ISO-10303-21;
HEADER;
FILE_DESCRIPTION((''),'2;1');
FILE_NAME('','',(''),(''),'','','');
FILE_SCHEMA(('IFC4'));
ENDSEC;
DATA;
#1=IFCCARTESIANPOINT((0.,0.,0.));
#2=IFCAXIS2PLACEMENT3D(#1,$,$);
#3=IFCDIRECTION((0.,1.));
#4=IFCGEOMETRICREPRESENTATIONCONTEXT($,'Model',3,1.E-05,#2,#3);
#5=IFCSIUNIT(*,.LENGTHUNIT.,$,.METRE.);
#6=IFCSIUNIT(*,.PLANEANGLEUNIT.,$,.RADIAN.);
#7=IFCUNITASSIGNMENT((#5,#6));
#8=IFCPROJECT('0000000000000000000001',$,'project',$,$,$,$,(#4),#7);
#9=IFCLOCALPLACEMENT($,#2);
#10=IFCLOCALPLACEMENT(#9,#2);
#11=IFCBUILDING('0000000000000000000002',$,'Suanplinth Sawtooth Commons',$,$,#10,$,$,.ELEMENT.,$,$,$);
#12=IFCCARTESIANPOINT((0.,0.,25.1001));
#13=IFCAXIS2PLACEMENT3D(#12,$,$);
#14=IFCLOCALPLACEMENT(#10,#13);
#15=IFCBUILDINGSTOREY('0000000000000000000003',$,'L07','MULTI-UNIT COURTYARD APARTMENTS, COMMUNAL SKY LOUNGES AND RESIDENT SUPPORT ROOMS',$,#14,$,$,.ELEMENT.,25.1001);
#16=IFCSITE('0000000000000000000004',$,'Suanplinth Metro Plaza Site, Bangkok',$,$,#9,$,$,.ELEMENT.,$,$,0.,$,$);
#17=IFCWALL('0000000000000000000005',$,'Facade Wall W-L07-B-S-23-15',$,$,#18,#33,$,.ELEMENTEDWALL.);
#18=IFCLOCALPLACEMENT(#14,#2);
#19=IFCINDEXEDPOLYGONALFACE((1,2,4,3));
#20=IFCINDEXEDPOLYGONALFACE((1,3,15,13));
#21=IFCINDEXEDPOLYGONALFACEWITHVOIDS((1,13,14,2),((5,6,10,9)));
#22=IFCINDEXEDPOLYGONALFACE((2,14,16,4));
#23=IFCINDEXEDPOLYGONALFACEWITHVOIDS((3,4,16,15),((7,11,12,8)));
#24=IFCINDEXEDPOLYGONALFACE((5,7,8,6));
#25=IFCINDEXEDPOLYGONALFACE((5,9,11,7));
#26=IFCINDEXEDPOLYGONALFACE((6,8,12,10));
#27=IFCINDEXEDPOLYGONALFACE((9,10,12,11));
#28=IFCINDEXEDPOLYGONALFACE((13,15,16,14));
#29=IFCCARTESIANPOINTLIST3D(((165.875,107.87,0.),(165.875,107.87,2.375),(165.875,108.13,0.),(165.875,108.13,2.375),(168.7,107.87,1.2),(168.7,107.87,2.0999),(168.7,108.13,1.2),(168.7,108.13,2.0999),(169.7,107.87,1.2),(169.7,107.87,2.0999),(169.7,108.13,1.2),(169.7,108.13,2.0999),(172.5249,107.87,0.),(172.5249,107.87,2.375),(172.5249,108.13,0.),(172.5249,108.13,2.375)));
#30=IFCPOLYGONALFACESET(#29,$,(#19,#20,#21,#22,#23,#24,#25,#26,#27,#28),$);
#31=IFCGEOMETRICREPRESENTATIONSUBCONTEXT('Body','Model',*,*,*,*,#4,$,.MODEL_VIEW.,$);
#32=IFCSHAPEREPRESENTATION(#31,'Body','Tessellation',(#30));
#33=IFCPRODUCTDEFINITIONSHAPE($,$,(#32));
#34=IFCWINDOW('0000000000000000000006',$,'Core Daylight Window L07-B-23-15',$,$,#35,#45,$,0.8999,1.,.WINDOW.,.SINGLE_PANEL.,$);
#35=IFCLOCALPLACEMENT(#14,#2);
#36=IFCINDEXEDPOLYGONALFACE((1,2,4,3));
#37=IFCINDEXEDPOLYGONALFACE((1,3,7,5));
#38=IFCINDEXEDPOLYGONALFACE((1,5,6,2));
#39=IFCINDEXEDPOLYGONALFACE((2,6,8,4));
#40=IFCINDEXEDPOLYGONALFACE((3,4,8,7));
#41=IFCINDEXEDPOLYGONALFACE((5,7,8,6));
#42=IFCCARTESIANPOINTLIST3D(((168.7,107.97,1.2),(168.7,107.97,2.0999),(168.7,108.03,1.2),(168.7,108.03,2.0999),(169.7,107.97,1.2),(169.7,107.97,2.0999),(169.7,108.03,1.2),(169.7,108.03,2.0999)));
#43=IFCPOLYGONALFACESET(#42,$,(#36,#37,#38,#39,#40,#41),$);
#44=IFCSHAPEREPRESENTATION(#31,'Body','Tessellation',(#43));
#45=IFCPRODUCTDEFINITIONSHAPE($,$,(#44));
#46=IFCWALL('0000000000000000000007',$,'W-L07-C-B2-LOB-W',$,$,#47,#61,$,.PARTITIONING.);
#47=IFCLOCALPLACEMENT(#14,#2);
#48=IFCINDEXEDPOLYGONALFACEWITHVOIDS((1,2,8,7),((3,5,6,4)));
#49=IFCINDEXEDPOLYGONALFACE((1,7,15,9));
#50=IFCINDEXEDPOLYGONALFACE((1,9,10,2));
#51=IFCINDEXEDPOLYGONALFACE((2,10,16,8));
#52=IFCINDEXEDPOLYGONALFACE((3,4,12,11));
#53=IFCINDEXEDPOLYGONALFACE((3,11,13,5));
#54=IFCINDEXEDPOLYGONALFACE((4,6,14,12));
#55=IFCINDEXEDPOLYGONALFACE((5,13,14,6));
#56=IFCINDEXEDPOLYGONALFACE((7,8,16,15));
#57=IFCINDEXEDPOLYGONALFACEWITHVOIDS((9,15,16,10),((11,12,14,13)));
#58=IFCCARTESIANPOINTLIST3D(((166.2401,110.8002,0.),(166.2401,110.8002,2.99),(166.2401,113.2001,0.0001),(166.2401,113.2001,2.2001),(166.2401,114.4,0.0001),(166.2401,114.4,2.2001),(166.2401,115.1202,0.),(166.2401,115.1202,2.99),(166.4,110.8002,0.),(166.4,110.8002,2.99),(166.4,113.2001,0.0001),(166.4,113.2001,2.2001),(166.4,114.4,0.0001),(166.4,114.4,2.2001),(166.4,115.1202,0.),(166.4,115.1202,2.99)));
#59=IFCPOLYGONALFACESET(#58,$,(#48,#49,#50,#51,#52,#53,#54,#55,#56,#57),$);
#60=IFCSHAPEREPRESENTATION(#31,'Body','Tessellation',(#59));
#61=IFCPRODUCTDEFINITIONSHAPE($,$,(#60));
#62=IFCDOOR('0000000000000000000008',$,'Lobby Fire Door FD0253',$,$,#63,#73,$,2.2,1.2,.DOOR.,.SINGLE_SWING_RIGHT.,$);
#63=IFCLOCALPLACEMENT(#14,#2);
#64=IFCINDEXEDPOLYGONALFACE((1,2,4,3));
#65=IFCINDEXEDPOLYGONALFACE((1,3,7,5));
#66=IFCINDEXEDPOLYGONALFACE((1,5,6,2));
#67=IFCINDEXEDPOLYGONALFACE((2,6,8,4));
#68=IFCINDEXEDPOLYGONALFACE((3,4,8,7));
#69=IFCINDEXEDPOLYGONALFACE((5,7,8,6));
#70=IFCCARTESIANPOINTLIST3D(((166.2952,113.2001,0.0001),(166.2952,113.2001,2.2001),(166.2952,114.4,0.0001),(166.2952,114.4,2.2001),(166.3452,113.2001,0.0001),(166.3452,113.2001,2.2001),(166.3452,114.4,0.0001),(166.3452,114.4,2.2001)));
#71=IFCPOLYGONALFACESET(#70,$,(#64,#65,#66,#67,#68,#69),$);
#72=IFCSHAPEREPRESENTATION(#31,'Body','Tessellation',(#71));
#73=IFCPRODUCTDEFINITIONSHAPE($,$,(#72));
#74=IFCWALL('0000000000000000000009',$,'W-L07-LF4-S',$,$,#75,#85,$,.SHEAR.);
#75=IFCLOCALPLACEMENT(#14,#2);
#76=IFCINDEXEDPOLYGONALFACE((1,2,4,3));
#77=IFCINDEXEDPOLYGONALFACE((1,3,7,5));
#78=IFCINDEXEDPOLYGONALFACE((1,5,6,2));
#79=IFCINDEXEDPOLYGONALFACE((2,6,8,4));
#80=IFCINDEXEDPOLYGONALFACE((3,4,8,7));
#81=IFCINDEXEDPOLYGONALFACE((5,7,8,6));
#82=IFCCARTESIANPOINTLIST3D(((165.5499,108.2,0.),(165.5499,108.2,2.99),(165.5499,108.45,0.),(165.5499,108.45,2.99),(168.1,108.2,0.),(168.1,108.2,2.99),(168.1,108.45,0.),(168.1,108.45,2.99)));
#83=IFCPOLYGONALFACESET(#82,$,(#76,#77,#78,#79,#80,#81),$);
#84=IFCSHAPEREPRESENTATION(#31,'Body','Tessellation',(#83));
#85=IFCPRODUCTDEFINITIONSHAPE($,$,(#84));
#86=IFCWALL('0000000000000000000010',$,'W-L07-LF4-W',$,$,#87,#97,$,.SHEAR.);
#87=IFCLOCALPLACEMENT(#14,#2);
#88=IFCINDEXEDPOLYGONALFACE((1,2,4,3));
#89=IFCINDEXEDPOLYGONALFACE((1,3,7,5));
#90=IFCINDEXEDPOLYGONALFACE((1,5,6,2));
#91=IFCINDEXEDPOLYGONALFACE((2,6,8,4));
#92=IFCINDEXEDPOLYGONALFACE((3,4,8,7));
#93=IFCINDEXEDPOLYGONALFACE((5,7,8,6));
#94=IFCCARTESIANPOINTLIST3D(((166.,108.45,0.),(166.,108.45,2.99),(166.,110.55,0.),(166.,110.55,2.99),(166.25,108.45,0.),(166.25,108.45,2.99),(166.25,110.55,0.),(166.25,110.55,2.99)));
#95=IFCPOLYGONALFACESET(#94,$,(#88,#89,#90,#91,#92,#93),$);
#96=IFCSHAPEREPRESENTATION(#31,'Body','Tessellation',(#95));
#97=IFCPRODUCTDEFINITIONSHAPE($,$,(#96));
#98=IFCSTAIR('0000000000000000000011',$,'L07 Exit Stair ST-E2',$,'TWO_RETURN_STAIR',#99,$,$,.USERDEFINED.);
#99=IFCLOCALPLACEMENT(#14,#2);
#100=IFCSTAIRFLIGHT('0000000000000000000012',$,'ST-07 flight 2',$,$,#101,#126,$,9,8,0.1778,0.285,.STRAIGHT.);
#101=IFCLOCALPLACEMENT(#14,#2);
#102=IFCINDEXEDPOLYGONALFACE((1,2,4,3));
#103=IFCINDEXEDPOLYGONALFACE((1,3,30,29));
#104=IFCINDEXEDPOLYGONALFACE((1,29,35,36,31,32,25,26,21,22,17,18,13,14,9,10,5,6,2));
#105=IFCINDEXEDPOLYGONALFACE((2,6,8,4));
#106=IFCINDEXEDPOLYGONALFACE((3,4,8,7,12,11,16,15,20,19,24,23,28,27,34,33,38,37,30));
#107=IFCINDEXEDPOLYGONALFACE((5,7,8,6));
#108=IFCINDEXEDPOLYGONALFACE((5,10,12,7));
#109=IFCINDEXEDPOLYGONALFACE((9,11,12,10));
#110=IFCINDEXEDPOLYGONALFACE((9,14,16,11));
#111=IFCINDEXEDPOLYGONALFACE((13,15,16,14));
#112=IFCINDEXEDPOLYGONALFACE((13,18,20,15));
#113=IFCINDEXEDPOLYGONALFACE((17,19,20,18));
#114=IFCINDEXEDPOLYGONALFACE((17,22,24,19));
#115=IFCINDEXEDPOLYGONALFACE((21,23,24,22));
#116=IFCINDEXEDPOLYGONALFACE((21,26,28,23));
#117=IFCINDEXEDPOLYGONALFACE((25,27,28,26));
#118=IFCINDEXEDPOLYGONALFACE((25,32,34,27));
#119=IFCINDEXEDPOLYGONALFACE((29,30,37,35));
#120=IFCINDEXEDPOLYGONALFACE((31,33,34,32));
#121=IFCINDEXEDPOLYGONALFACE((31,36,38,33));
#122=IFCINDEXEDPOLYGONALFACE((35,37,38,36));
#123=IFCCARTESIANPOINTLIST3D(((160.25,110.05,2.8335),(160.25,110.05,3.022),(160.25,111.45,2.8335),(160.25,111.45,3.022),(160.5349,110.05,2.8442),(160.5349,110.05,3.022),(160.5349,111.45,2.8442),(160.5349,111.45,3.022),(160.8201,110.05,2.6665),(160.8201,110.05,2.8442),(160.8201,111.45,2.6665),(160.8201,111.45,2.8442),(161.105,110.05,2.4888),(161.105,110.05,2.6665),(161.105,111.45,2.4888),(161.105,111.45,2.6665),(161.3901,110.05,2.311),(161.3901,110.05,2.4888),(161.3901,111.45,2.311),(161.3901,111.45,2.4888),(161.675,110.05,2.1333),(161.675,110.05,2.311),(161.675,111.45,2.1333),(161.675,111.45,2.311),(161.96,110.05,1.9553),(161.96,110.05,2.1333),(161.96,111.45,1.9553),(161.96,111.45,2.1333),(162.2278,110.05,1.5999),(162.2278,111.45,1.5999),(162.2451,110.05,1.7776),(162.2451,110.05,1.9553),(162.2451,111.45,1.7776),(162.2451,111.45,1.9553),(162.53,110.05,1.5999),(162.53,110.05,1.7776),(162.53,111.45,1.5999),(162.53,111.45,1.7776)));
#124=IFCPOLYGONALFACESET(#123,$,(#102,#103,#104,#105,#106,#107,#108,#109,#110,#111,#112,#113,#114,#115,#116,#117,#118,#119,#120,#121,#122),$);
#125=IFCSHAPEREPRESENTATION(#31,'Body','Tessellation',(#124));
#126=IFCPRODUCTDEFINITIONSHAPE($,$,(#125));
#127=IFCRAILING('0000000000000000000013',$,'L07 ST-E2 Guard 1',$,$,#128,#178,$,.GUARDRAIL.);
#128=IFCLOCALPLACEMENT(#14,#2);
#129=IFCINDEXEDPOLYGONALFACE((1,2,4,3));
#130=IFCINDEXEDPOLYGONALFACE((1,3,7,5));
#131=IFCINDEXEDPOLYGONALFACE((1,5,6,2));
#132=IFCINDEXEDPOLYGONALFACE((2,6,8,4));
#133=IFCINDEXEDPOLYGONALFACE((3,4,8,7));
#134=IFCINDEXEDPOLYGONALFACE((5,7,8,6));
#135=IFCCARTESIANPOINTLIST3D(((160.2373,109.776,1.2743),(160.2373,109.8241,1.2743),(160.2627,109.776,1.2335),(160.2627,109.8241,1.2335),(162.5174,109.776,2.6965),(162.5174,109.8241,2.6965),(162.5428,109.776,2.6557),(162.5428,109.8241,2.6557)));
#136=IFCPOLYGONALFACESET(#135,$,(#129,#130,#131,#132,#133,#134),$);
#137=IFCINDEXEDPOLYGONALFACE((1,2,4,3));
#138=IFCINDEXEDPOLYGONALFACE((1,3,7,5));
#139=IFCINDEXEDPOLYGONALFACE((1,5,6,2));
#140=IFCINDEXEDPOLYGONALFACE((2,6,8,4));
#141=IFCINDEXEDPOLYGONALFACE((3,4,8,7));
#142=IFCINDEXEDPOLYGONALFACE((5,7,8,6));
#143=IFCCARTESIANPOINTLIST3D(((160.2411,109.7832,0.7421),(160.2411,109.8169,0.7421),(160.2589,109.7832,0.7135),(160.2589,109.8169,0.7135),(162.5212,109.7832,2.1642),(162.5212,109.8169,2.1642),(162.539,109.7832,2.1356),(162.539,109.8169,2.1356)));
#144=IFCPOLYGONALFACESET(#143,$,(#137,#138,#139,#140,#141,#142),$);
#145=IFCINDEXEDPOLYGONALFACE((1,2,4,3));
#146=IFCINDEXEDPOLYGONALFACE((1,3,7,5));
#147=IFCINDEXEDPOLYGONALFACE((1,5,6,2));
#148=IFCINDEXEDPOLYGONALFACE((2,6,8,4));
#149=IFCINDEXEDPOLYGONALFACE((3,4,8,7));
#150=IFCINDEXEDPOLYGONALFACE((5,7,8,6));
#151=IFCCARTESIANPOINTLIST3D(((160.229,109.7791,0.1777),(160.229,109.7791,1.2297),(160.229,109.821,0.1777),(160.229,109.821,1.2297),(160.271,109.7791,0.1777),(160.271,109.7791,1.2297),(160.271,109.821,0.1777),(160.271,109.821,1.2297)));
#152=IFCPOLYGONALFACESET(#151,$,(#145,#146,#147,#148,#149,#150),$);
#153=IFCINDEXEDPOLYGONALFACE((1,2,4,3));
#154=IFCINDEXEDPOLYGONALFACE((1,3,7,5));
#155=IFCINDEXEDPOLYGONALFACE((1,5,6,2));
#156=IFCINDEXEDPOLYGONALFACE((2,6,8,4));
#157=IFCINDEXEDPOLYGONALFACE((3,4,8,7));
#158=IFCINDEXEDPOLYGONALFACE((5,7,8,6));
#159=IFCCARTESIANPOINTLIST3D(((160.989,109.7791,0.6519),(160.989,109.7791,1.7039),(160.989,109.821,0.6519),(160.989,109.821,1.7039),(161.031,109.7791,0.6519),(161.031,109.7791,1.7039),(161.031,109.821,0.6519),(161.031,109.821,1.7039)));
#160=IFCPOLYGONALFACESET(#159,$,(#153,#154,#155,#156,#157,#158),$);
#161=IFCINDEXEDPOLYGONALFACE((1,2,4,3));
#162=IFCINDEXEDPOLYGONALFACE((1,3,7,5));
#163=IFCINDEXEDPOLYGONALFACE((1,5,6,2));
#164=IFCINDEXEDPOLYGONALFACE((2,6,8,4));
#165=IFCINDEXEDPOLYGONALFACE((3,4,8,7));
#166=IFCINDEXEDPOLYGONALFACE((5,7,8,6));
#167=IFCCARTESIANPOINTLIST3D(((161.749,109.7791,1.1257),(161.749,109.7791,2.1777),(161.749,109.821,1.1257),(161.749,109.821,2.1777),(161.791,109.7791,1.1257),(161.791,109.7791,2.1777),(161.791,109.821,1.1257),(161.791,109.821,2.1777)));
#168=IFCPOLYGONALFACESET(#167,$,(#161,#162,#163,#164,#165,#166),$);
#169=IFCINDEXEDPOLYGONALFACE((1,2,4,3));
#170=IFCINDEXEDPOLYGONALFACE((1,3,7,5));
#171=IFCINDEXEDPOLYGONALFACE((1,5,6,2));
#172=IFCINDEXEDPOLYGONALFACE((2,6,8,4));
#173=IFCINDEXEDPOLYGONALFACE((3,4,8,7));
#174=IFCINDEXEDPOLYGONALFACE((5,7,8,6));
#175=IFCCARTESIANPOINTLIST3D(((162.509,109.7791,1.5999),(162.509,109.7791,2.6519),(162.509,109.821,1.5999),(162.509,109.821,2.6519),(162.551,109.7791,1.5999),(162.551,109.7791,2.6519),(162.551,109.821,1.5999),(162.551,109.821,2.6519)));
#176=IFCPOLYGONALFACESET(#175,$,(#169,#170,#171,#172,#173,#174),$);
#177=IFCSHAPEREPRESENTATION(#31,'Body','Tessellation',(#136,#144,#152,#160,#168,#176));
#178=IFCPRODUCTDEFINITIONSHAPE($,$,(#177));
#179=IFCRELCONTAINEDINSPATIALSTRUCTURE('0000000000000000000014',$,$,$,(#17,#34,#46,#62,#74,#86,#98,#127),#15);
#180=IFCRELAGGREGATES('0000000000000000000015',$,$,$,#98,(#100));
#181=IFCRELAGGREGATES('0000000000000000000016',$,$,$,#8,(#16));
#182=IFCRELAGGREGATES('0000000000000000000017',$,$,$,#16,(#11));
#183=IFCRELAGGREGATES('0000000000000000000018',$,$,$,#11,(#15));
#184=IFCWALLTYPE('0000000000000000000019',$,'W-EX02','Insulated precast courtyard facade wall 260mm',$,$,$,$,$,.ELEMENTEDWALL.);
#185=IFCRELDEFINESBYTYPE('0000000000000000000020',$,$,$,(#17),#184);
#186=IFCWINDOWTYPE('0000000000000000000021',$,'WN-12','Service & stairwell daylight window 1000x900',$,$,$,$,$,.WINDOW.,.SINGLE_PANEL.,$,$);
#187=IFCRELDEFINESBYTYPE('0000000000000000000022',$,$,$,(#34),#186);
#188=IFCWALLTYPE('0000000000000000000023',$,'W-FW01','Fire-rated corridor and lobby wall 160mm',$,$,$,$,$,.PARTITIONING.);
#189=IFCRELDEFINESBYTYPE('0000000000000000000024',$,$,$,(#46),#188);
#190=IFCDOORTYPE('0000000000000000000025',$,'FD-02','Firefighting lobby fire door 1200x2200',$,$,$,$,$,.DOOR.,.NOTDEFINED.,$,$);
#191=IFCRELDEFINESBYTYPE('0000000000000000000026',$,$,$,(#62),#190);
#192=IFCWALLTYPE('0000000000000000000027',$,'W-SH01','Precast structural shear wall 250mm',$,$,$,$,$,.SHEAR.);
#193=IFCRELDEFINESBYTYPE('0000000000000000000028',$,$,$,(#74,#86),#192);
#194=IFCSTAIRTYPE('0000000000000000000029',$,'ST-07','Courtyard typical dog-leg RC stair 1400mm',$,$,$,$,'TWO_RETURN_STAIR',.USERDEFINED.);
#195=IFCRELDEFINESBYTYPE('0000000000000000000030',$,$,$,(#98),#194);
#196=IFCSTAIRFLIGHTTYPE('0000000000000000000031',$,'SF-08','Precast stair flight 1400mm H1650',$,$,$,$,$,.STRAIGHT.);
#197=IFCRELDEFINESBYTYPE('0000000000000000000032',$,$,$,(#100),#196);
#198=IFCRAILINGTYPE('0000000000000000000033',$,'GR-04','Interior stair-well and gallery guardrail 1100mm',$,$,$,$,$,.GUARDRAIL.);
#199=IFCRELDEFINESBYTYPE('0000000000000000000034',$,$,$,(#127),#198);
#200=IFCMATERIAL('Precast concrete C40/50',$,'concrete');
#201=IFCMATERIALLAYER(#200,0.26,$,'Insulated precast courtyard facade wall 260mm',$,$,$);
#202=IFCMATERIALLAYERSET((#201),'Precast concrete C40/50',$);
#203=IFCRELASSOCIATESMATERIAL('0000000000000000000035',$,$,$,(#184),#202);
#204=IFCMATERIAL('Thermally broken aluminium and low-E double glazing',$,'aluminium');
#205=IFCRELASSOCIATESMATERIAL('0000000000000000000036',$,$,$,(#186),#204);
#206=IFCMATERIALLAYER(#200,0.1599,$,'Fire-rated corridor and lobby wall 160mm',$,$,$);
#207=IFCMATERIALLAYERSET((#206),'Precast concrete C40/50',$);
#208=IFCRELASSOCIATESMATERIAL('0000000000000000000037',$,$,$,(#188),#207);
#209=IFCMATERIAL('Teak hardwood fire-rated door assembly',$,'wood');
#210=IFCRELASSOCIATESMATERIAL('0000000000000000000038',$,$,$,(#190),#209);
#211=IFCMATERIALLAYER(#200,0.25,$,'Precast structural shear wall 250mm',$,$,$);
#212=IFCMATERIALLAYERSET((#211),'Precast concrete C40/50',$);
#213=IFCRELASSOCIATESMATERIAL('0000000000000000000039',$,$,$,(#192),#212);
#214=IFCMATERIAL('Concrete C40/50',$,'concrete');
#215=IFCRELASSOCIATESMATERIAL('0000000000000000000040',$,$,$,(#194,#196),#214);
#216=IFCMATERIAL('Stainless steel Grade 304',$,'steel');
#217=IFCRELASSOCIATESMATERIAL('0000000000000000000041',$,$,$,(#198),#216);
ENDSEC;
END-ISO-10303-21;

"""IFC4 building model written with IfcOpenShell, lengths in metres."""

from ifc_helpers import new_model, si_unit, direction, frame, frame_2d, origin, origin_2d, place, context, subcontext, project, spatial, polyline, rectangle, outline, extrude, material, layer, layer_set, type_object, element, fill, aggregate, save


model = new_model("IFC4")

# Units and contexts
model_context = context("Model", 3, precision=1e-05, world=origin(), true_north=direction((0.0, 1.0)))
body_context = subcontext(model_context, "Body", "Model", "MODEL_VIEW")
ifc_project = project(units=[si_unit("LENGTHUNIT", "METRE"), si_unit("PLANEANGLEUNIT", "RADIAN")], contexts=[model_context])

# Site, building, storey
site_placement = place(None, origin())
site = spatial("IfcSite", under=ifc_project, at=site_placement, Name="Suanplinth Metro Plaza Site, Bangkok", CompositionType="ELEMENT", RefElevation=0.0)
building_placement = place(site_placement, origin())
building = spatial("IfcBuilding", under=site, at=building_placement, Name="Suanplinth Sawtooth Commons", CompositionType="ELEMENT")
storey_placement = place(building_placement, frame((0.0, 0.0, 25.1001)))
storey = spatial("IfcBuildingStorey", under=building, at=storey_placement, Name="L07", Description="MULTI-UNIT COURTYARD APARTMENTS, COMMUNAL SKY LOUNGES AND RESIDENT SUPPORT ROOMS", CompositionType="ELEMENT", Elevation=25.1001)

# Shared definitions
ifc_material_1 = material(Name="Precast concrete C40/50", Category="concrete")

# Shared definitions
ifc_material_2 = material(Name="Concrete C40/50", Category="concrete")

# Wall, opening, window
ifc_layer_1 = layer(ifc_material_1, 0.26, Name="Insulated precast courtyard facade wall 260mm")
ifc_layer_set_1 = layer_set([ifc_layer_1], Name="Precast concrete C40/50")
wall_type_1 = type_object("IfcWallType", Name="W-EX02", Description="Insulated precast courtyard facade wall 260mm", PredefinedType="ELEMENTEDWALL", material=ifc_layer_set_1)
wall_1_placement = place(storey_placement, frame((165.875, 108.0, 0.0), z_axis=(0.0, 0.0, 1.0), x_axis=(1.0, 0.0, 0.0)))
wall_1 = element("IfcWall", 1, at=wall_1_placement, inside=storey, type_object=wall_type_1, Name="Facade Wall W-L07-B-S-23-15", PredefinedType="ELEMENTEDWALL", context=body_context, shape_type="SweptSolid", body=[
    extrude(rectangle(XDim=6.6499, YDim=0.26, at=frame_2d((3.325, 0.0))), origin(), (0.0, 0.0, 1.0), 2.375),
])
opening_1_placement = place(wall_1_placement, frame((2.825, 0.0, 1.2)))
opening_1 = element("IfcOpeningElement", 2, at=opening_1_placement, cuts=wall_1, PredefinedType="OPENING", context=body_context, shape_type="SweptSolid", body=[
    extrude(rectangle(XDim=1.0, YDim=0.8999, at=frame_2d((0.5, 0.45))), frame((0.0, 0.145, 0.0), z_axis=(0.0, -1.0, 0.0), x_axis=(1.0, 0.0, 0.0)), (0.0, 0.0, 1.0), 0.2898),
])
ifc_material_3 = material(Name="Thermally broken aluminium and low-E double glazing", Category="aluminium")
window_type = type_object("IfcWindowType", Name="WN-12", Description="Service & stairwell daylight window 1000x900", PartitioningType="SINGLE_PANEL", PredefinedType="WINDOW", material=ifc_material_3)
window_placement = place(opening_1_placement, origin())
window = element("IfcWindow", 3, at=window_placement, inside=storey, type_object=window_type, Name="Core Daylight Window L07-B-23-15", OverallHeight=0.8999, OverallWidth=1.0, PartitioningType="SINGLE_PANEL", PredefinedType="WINDOW", context=body_context, shape_type="SweptSolid", body=[
    extrude(rectangle(XDim=1.0, YDim=0.8999, at=frame_2d((0.5, 0.45))), frame((0.0, 0.03, 0.0), z_axis=(0.0, -1.0, 0.0), x_axis=(1.0, 0.0, 0.0)), (0.0, 0.0, 1.0), 0.0601),
])
fill(opening_1, window)

# Wall, opening, door
ifc_layer_2 = layer(ifc_material_1, 0.1599, Name="Fire-rated corridor and lobby wall 160mm")
ifc_layer_set_2 = layer_set([ifc_layer_2], Name="Precast concrete C40/50")
wall_type_2 = type_object("IfcWallType", Name="W-FW01", Description="Fire-rated corridor and lobby wall 160mm", PredefinedType="PARTITIONING", material=ifc_layer_set_2)
wall_2_placement = place(storey_placement, frame((166.3201, 110.8, 0.0), z_axis=(0.0, 0.0, 1.0), x_axis=(0.0, 1.0, 0.0)))
wall_2 = element("IfcWall", 4, at=wall_2_placement, inside=storey, type_object=wall_type_2, Name="W-L07-C-B2-LOB-W", PredefinedType="PARTITIONING", context=body_context, shape_type="SweptSolid", body=[
    extrude(rectangle(XDim=4.3201, YDim=0.1599, at=frame_2d((2.1602, 0.0))), origin(), (0.0, 0.0, 1.0), 2.99),
])
opening_2_placement = place(wall_2_placement, frame((2.3999, 0.0, 0.0)))
opening_2 = element("IfcOpeningElement", 5, at=opening_2_placement, cuts=wall_2, PredefinedType="OPENING", context=body_context, shape_type="SweptSolid", body=[
    extrude(rectangle(XDim=1.2, YDim=2.2, at=frame_2d((0.6001, 1.1001))), frame((0.0, 0.0947, 0.0), z_axis=(0.0, -1.0, 0.0), x_axis=(1.0, 0.0, 0.0)), (0.0, 0.0, 1.0), 0.1897),
])
ifc_material_4 = material(Name="Teak hardwood fire-rated door assembly", Category="wood")
door_type_1 = type_object("IfcDoorType", Name="FD-02", Description="Firefighting lobby fire door 1200x2200", OperationType="NOTDEFINED", PredefinedType="DOOR", material=ifc_material_4)
door_1_placement = place(opening_2_placement, origin())
door_1 = element("IfcDoor", 6, at=door_1_placement, inside=storey, type_object=door_type_1, Name="Lobby Fire Door FD0253", OperationType="SINGLE_SWING_RIGHT", OverallHeight=2.2, OverallWidth=1.2, PredefinedType="DOOR", context=body_context, shape_type="SweptSolid", body=[
    extrude(rectangle(XDim=1.2, YDim=2.2, at=frame_2d((0.6001, 1.1001))), frame((0.0, 0.0249, 0.0), z_axis=(0.0, -1.0, 0.0), x_axis=(1.0, 0.0, 0.0)), (0.0, 0.0, 1.0), 0.05),
])
fill(opening_2, door_1)

# Wall
ifc_layer_3 = layer(ifc_material_1, 0.25, Name="Precast structural shear wall 250mm")
ifc_layer_set_3 = layer_set([ifc_layer_3], Name="Precast concrete C40/50")
wall_type_3 = type_object("IfcWallType", Name="W-SH01", Description="Precast structural shear wall 250mm", PredefinedType="SHEAR", material=ifc_layer_set_3)
wall_3_placement = place(storey_placement, frame((165.55, 108.325, 0.0), z_axis=(0.0, 0.0, 1.0), x_axis=(1.0, 0.0, 0.0)))
element("IfcWall", 7, at=wall_3_placement, inside=storey, type_object=wall_type_3, Name="W-L07-LF4-S", PredefinedType="SHEAR", context=body_context, shape_type="SweptSolid", body=[
    extrude(rectangle(XDim=2.55, YDim=0.25, at=frame_2d((1.2749, 0.0))), origin(), (0.0, 0.0, 1.0), 2.99),
])

# Shared definitions
ifc_material_5 = material(Name="Stainless steel Grade 304", Category="steel")

# Wall
wall_4_placement = place(storey_placement, frame((166.125, 108.45, 0.0), z_axis=(0.0, 0.0, 1.0), x_axis=(0.0, 1.0, 0.0)))
element("IfcWall", 8, at=wall_4_placement, inside=storey, type_object=wall_type_3, Name="W-L07-LF4-W", PredefinedType="SHEAR", context=body_context, shape_type="SweptSolid", body=[
    extrude(rectangle(XDim=2.1001, YDim=0.25, at=frame_2d((1.05, 0.0))), origin(), (0.0, 0.0, 1.0), 2.99),
])

# Stair, stair flight
stair_type = type_object("IfcStairType", Name="ST-07", Description="Courtyard typical dog-leg RC stair 1400mm", ElementType="TWO_RETURN_STAIR", PredefinedType="USERDEFINED", material=ifc_material_2)
stair_placement = place(storey_placement, origin())
stair = element("IfcStair", 9, at=stair_placement, inside=storey, type_object=stair_type, Name="L07 Exit Stair ST-E2", ObjectType="TWO_RETURN_STAIR", PredefinedType="USERDEFINED")
stair_flight_type = type_object("IfcStairFlightType", Name="SF-08", Description="Precast stair flight 1400mm H1650", PredefinedType="STRAIGHT", material=ifc_material_2)
stair_flight_placement = place(storey_placement, frame((162.53, 110.75, 1.5999), z_axis=(0.0, 0.0, 1.0), x_axis=(-1.0, 0.0, 0.0)))
stair_flight = element("IfcStairFlight", 10, at=stair_flight_placement, type_object=stair_flight_type, Name="ST-07 flight 2", NumberOfRisers=9, NumberOfTreads=8, PredefinedType="STRAIGHT", RiserHeight=0.1778, TreadLength=0.285, context=body_context, shape_type="SweptSolid", body=[
    extrude(outline(polyline([(0.0, 0.0), (0.0, 0.1777), (0.2849, 0.1777), (0.2849, 0.3555), (0.5701, 0.3555), (0.5701, 0.5334), (0.855, 0.5334), (0.855, 0.7112), (1.1399, 0.7112), (1.1399, 0.8889), (1.425, 0.8889), (1.425, 1.0667), (1.71, 1.0667), (1.71, 1.2444), (1.9951, 1.2444), (1.9951, 1.4221), (2.28, 1.4221), (2.28, 1.6001), (2.28, 1.2336), (0.3022, 0.0), (0.0, 0.0)])), frame((0.0, 0.7, 0.0), z_axis=(0.0, -1.0, 0.0), x_axis=(1.0, 0.0, 0.0)), (0.0, 0.0, 1.0), 1.3999),
])
aggregate(stair, [stair_flight])

# Railing
railing_type_1 = type_object("IfcRailingType", Name="GR-04", Description="Interior stair-well and gallery guardrail 1100mm", PredefinedType="GUARDRAIL", material=ifc_material_5)
railing_1_placement = place(storey_placement, frame((160.25, 109.8, 0.1777)))
element("IfcRailing", 11, at=railing_1_placement, inside=storey, type_object=railing_type_1, Name="L07 ST-E2 Guard 1", PredefinedType="GUARDRAIL", context=body_context, shape_type="SweptSolid", body=[
    extrude(rectangle(XDim=0.0481, YDim=0.0481, at=origin_2d()), frame((0.0, 0.0, 1.0762), z_axis=(0.848483, 0.0, 0.529223), x_axis=(0.0, 1.0, 0.0)), (0.0, 0.0, 1.0), 2.6873),
    extrude(rectangle(XDim=0.0337, YDim=0.0337, at=origin_2d()), frame((0.0, 0.0, 0.55), z_axis=(0.848483, 0.0, 0.529223), x_axis=(0.0, 1.0, 0.0)), (0.0, 0.0, 1.0), 2.6873),
    extrude(rectangle(XDim=0.042, YDim=0.042, at=origin_2d()), origin(), (0.0, 0.0, 1.0), 1.052),
    extrude(rectangle(XDim=0.042, YDim=0.042, at=origin_2d()), frame((0.76, 0.0, 0.4741)), (0.0, 0.0, 1.0), 1.052),
    extrude(rectangle(XDim=0.042, YDim=0.042, at=origin_2d()), frame((1.52, 0.0, 0.948)), (0.0, 0.0, 1.0), 1.052),
    extrude(rectangle(XDim=0.042, YDim=0.042, at=origin_2d()), frame((2.28, 0.0, 1.4221)), (0.0, 0.0, 1.0), 1.052),
])

save(model, "model.ifc")
